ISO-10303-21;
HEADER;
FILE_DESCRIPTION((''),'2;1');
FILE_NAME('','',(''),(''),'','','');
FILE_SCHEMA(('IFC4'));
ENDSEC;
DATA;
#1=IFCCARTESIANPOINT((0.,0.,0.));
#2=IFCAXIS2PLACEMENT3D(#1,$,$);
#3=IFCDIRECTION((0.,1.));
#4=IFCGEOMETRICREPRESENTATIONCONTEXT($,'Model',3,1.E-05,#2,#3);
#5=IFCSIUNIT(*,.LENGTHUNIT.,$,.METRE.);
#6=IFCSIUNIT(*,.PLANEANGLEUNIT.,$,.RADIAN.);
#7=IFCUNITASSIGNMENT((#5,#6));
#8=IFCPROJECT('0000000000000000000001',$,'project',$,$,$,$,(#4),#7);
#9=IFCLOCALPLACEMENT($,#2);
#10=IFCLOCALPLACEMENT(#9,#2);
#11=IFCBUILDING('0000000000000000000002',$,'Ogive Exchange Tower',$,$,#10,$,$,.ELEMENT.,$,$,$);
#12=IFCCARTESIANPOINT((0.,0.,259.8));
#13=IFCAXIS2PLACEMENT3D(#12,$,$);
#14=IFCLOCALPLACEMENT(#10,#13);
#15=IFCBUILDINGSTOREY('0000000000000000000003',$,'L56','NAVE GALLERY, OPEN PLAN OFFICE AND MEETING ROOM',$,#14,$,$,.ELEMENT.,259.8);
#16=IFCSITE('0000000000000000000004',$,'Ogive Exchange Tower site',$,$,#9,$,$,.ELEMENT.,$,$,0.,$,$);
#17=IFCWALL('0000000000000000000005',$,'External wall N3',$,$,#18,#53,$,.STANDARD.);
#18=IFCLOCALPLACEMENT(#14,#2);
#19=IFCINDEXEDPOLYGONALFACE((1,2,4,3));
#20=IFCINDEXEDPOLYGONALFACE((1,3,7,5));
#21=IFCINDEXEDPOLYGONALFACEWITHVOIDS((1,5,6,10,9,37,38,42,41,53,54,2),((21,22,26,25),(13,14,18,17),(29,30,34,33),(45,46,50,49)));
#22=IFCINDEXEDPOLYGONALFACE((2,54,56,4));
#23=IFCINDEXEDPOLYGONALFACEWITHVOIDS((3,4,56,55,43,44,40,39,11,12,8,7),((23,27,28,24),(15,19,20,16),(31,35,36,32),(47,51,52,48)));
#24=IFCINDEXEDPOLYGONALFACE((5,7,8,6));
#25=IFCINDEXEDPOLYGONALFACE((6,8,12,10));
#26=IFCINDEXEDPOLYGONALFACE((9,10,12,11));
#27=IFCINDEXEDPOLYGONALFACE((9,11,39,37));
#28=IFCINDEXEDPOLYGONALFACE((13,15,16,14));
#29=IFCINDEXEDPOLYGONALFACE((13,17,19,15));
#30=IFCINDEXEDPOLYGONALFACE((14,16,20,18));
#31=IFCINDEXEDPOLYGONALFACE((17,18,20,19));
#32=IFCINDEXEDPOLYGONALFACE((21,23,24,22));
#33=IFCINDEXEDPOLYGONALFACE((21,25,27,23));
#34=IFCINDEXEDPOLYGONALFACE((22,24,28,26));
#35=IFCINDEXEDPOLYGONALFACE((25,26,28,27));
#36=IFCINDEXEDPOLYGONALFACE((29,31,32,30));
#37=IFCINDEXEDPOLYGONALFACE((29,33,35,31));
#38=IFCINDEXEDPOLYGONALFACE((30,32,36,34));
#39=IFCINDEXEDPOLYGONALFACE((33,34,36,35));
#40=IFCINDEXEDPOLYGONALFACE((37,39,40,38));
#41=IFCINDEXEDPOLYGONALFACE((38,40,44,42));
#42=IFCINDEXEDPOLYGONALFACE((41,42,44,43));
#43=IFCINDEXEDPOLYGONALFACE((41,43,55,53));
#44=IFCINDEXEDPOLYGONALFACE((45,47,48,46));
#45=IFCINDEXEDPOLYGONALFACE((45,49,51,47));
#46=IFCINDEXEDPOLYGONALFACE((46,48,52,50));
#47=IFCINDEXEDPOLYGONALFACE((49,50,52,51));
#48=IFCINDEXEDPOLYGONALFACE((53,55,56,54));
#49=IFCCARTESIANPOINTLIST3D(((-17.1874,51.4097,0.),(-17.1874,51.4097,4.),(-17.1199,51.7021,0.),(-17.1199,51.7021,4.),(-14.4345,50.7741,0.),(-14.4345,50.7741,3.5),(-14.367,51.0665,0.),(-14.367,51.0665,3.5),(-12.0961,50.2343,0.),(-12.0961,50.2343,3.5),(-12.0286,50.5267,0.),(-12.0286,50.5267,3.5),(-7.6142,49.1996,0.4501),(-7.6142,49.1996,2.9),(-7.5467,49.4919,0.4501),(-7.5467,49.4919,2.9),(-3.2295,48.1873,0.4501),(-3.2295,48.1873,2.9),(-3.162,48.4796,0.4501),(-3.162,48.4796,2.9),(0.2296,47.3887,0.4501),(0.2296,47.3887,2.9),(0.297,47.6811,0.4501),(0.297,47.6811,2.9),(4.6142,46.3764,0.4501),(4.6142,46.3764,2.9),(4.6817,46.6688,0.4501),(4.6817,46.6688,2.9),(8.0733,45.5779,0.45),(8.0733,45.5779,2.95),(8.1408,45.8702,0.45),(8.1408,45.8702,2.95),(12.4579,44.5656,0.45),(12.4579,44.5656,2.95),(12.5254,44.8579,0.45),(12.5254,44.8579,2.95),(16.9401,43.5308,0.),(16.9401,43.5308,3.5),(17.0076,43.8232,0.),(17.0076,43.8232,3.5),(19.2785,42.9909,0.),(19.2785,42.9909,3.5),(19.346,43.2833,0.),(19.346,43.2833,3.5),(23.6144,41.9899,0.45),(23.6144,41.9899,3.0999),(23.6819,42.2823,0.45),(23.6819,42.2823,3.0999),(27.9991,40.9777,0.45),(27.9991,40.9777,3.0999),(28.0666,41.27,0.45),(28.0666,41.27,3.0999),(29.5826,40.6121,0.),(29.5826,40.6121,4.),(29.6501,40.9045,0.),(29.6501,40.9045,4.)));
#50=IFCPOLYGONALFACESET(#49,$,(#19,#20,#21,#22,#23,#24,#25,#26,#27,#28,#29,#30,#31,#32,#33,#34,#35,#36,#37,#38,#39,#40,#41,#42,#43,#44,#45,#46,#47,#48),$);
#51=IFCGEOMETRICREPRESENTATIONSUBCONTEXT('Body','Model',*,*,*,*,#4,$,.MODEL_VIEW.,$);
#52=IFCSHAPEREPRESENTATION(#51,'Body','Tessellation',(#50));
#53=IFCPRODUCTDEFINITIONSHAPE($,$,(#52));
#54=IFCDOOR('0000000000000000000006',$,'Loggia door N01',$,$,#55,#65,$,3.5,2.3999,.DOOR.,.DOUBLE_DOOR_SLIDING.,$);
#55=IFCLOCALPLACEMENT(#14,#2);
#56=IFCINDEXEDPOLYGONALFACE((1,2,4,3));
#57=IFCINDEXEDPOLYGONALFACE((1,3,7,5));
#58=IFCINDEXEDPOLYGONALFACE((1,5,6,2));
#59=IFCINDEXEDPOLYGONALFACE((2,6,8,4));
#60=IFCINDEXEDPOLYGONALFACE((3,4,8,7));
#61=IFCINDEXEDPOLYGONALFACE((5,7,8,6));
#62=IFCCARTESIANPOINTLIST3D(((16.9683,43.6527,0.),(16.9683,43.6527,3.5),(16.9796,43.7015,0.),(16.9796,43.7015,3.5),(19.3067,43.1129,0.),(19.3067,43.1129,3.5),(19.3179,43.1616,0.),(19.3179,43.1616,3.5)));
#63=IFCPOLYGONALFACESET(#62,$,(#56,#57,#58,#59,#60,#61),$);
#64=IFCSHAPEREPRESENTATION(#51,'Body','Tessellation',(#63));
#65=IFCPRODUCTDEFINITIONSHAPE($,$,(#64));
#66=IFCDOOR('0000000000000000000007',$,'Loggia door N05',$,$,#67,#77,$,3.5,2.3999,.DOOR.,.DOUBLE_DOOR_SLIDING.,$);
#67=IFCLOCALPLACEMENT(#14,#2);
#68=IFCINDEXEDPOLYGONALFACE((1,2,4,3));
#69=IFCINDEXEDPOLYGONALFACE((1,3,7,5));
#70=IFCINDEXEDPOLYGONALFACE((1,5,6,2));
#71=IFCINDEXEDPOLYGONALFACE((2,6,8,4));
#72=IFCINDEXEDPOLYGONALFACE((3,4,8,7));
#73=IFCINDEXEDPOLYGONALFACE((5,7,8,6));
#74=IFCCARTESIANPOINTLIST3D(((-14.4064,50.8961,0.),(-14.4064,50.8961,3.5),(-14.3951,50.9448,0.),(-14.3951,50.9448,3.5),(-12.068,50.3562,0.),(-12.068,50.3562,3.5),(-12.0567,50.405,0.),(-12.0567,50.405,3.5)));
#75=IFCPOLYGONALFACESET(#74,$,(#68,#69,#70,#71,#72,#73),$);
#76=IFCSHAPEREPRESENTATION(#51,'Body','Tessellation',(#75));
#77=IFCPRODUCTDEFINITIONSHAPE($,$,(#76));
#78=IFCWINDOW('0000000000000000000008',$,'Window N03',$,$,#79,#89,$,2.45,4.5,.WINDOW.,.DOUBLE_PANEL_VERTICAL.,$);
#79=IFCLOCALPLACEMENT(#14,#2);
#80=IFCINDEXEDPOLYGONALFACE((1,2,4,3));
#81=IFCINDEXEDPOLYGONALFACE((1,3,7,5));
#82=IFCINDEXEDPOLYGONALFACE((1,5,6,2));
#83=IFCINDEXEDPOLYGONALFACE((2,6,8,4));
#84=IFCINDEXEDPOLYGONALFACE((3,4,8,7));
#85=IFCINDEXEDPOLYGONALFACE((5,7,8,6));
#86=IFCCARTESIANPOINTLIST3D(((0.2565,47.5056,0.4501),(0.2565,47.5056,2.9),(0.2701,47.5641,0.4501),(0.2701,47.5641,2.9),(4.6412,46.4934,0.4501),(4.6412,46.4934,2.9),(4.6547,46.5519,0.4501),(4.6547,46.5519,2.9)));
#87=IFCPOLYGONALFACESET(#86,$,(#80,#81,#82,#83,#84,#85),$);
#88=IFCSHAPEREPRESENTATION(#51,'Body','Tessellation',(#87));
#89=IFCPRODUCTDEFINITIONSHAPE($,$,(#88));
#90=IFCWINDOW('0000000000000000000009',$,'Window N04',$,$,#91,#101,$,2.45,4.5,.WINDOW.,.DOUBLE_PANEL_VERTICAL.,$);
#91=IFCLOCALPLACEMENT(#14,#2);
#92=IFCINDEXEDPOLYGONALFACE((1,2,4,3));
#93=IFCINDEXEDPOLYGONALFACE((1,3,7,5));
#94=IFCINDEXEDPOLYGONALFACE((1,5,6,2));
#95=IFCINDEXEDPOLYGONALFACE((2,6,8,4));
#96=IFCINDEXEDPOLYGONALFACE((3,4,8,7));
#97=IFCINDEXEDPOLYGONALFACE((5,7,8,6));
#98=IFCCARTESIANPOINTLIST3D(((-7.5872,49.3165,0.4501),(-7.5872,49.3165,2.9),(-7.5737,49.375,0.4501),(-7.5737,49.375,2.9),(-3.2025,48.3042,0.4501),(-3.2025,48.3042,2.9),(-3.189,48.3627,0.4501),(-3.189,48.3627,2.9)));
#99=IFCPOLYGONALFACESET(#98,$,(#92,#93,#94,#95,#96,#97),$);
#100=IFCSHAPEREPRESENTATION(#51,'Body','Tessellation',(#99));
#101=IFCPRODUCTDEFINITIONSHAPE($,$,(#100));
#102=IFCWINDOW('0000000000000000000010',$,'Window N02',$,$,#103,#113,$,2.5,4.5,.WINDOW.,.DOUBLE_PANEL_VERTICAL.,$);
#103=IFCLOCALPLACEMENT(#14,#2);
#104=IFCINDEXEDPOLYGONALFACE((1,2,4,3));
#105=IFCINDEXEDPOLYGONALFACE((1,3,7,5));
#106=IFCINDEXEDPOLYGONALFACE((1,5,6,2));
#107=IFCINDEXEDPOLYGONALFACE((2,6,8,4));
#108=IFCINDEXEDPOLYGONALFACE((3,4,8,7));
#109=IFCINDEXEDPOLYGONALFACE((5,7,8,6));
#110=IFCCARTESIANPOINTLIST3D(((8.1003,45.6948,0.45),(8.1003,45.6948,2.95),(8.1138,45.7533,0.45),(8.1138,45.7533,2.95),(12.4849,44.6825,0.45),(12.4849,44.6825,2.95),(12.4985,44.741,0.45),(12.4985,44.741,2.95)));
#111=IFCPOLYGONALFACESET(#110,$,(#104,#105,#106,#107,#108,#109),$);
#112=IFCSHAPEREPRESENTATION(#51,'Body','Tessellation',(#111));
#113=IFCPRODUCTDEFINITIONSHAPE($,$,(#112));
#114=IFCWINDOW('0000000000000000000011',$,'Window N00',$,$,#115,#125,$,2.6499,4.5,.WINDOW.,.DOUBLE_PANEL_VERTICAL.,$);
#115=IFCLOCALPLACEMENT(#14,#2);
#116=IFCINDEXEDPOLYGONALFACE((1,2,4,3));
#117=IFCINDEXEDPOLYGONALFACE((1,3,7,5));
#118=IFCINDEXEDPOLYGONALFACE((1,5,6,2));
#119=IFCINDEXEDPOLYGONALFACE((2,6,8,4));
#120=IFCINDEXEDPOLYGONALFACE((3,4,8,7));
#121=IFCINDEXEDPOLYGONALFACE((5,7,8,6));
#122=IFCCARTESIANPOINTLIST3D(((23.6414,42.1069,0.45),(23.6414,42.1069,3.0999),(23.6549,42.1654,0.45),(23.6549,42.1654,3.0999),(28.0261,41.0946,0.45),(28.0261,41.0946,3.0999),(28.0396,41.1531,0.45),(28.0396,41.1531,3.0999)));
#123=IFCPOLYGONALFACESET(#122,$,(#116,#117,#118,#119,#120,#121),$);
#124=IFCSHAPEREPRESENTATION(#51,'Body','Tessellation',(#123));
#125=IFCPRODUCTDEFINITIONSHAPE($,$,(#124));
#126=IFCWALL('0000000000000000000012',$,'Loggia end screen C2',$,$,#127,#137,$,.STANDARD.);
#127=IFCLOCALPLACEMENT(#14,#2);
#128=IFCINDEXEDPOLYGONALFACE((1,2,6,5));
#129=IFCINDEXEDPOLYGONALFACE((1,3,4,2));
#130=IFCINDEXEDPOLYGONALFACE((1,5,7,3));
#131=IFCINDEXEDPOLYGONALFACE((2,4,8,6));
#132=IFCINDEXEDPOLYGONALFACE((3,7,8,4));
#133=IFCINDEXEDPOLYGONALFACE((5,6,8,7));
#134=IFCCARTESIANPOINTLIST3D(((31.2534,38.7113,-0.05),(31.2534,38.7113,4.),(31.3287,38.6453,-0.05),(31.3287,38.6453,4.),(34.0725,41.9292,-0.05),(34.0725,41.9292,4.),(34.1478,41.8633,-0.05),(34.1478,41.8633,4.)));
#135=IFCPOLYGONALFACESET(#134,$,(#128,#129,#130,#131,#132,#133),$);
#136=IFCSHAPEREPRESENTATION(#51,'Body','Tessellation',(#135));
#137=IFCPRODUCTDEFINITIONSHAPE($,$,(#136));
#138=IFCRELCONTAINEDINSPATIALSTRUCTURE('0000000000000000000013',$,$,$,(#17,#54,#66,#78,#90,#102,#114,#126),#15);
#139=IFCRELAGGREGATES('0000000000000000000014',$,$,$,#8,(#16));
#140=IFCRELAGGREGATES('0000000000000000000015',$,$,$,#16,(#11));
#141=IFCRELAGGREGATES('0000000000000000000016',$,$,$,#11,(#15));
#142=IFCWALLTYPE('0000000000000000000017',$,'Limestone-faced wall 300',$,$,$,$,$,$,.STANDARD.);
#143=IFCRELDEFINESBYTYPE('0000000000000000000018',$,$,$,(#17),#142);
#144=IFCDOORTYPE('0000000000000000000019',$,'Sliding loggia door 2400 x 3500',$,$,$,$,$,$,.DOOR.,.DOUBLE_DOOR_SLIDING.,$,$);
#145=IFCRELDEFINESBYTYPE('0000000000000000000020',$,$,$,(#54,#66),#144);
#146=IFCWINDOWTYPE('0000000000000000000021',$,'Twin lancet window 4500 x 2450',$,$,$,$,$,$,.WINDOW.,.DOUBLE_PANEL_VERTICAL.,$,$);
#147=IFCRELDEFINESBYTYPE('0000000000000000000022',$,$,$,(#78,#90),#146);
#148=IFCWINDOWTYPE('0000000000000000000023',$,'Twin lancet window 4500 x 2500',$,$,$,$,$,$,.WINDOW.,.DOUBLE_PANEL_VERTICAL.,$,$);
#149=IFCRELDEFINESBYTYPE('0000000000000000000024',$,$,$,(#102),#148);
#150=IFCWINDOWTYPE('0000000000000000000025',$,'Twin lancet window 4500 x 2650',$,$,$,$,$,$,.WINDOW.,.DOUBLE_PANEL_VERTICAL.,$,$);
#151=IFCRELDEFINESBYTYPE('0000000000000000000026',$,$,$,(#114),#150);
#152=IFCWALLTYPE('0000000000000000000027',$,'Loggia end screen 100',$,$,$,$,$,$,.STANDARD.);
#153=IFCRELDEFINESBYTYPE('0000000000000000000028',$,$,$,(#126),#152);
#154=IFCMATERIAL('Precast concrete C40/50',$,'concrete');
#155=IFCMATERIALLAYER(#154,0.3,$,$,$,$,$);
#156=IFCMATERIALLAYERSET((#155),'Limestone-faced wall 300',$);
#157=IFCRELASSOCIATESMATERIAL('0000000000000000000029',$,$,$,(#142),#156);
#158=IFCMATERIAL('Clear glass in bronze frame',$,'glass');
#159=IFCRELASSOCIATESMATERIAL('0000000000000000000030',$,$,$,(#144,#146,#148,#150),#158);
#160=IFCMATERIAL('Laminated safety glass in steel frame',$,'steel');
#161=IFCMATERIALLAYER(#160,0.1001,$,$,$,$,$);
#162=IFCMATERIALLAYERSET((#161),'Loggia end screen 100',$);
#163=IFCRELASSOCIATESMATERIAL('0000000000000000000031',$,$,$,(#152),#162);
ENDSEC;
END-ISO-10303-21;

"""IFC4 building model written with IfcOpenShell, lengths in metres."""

from ifc_helpers import new_model, si_unit, direction, frame, frame_2d, origin, place, context, subcontext, project, spatial, rectangle, extrude, material, layer, layer_set, type_object, element, fill, save


model = new_model("IFC4")

# Units and contexts
model_context = context("Model", 3, precision=1e-05, world=origin(), true_north=direction((0.0, 1.0)))
body_context = subcontext(model_context, "Body", "Model", "MODEL_VIEW")
ifc_project = project(units=[si_unit("LENGTHUNIT", "METRE"), si_unit("PLANEANGLEUNIT", "RADIAN")], contexts=[model_context])

# Site, building, storey
site_placement = place(None, origin())
site = spatial("IfcSite", under=ifc_project, at=site_placement, Name="Ogive Exchange Tower site", CompositionType="ELEMENT", RefElevation=0.0)
building_placement = place(site_placement, origin())
building = spatial("IfcBuilding", under=site, at=building_placement, Name="Ogive Exchange Tower", CompositionType="ELEMENT")
storey_placement = place(building_placement, frame((0.0, 0.0, 259.8)))
storey = spatial("IfcBuildingStorey", under=building, at=storey_placement, Name="L56", Description="NAVE GALLERY, OPEN PLAN OFFICE AND MEETING ROOM", CompositionType="ELEMENT", Elevation=259.8)

# Wall, openings, doors, windows
ifc_material_1 = material(Name="Precast concrete C40/50", Category="concrete")
ifc_layer_1 = layer(ifc_material_1, 0.3)
ifc_layer_set_1 = layer_set([ifc_layer_1], Name="Limestone-faced wall 300")
wall_type_1 = type_object("IfcWallType", Name="Limestone-faced wall 300", PredefinedType="STANDARD", material=ifc_layer_set_1)
wall_1_placement = place(storey_placement, frame((29.6162, 40.7583, 0.0), z_axis=(0.0, 0.0, 1.0), x_axis=(-0.974371, 0.224949, 0.0)))
wall_1 = element("IfcWall", 1, at=wall_1_placement, inside=storey, type_object=wall_type_1, Name="External wall N3", PredefinedType="STANDARD", context=body_context, shape_type="SweptSolid", body=[
    extrude(rectangle(XDim=48.0002, YDim=0.3, at=frame_2d((24.0, 0.0))), origin(), (0.0, 0.0, 1.0), 4.0),
])
opening_1_placement = place(wall_1_placement, frame((1.625, 0.0, 0.45)))
opening_1 = element("IfcOpeningElement", 2, at=opening_1_placement, cuts=wall_1, PredefinedType="OPENING", context=body_context, shape_type="SweptSolid", body=[
    extrude(rectangle(XDim=4.5, YDim=2.6499, at=frame_2d((2.25, 1.325))), frame((0.0, 0.1599, 0.0), z_axis=(0.0, -1.0, 0.0), x_axis=(1.0, 0.0, 0.0)), (0.0, 0.0, 1.0), 0.3201),
])
opening_2_placement = place(wall_1_placement, frame((10.575, 0.0, 0.0)))
opening_2 = element("IfcOpeningElement", 3, at=opening_2_placement, cuts=wall_1, PredefinedType="OPENING", context=body_context, shape_type="SweptSolid", body=[
    extrude(rectangle(XDim=2.3999, YDim=3.5, at=frame_2d((1.2, 1.75))), frame((0.0, 0.1599, 0.0), z_axis=(0.0, -1.0, 0.0), x_axis=(1.0, 0.0, 0.0)), (0.0, 0.0, 1.0), 0.3201),
])
opening_3_placement = place(wall_1_placement, frame((17.575, 0.0, 0.45)))
opening_3 = element("IfcOpeningElement", 4, at=opening_3_placement, cuts=wall_1, PredefinedType="OPENING", context=body_context, shape_type="SweptSolid", body=[
    extrude(rectangle(XDim=4.5, YDim=2.5, at=frame_2d((2.25, 1.25))), frame((0.0, 0.1599, 0.0), z_axis=(0.0, -1.0, 0.0), x_axis=(1.0, 0.0, 0.0)), (0.0, 0.0, 1.0), 0.3201),
])
opening_4_placement = place(wall_1_placement, frame((25.625, 0.0, 0.45)))
opening_4 = element("IfcOpeningElement", 5, at=opening_4_placement, cuts=wall_1, PredefinedType="OPENING", context=body_context, shape_type="SweptSolid", body=[
    extrude(rectangle(XDim=4.5, YDim=2.45, at=frame_2d((2.25, 1.2251))), frame((0.0, 0.1599, 0.0), z_axis=(0.0, -1.0, 0.0), x_axis=(1.0, 0.0, 0.0)), (0.0, 0.0, 1.0), 0.3201),
])
opening_5_placement = place(wall_1_placement, frame((33.675, 0.0, 0.45)))
opening_5 = element("IfcOpeningElement", 6, at=opening_5_placement, cuts=wall_1, PredefinedType="OPENING", context=body_context, shape_type="SweptSolid", body=[
    extrude(rectangle(XDim=4.5, YDim=2.45, at=frame_2d((2.25, 1.2251))), frame((0.0, 0.1599, 0.0), z_axis=(0.0, -1.0, 0.0), x_axis=(1.0, 0.0, 0.0)), (0.0, 0.0, 1.0), 0.3201),
])
opening_6_placement = place(wall_1_placement, frame((42.7749, 0.0, 0.0)))
opening_6 = element("IfcOpeningElement", 7, at=opening_6_placement, cuts=wall_1, PredefinedType="OPENING", context=body_context, shape_type="SweptSolid", body=[
    extrude(rectangle(XDim=2.3999, YDim=3.5, at=frame_2d((1.2, 1.75))), frame((0.0, 0.1599, 0.0), z_axis=(0.0, -1.0, 0.0), x_axis=(1.0, 0.0, 0.0)), (0.0, 0.0, 1.0), 0.3201),
])
ifc_material_2 = material(Name="Clear glass in bronze frame", Category="glass")
door_type_1 = type_object("IfcDoorType", Name="Sliding loggia door 2400 x 3500", OperationType="DOUBLE_DOOR_SLIDING", PredefinedType="DOOR", material=ifc_material_2)
door_1_placement = place(opening_2_placement, origin())
door_1 = element("IfcDoor", 8, at=door_1_placement, inside=storey, type_object=door_type_1, Name="Loggia door N01", OperationType="DOUBLE_DOOR_SLIDING", OverallHeight=3.5, OverallWidth=2.3999, PredefinedType="DOOR", context=body_context, shape_type="SweptSolid", body=[
    extrude(rectangle(XDim=2.3999, YDim=3.5, at=frame_2d((1.2, 1.75))), frame((0.0, 0.0249, 0.0), z_axis=(0.0, -1.0, 0.0), x_axis=(1.0, 0.0, 0.0)), (0.0, 0.0, 1.0), 0.05),
])
fill(opening_2, door_1)
door_2_placement = place(opening_6_placement, origin())
door_2 = element("IfcDoor", 9, at=door_2_placement, inside=storey, type_object=door_type_1, Name="Loggia door N05", OperationType="DOUBLE_DOOR_SLIDING", OverallHeight=3.5, OverallWidth=2.3999, PredefinedType="DOOR", context=body_context, shape_type="SweptSolid", body=[
    extrude(rectangle(XDim=2.3999, YDim=3.5, at=frame_2d((1.2, 1.75))), frame((0.0, 0.0249, 0.0), z_axis=(0.0, -1.0, 0.0), x_axis=(1.0, 0.0, 0.0)), (0.0, 0.0, 1.0), 0.05),
])
fill(opening_6, door_2)
window_type_1 = type_object("IfcWindowType", Name="Twin lancet window 4500 x 2450", PartitioningType="DOUBLE_PANEL_VERTICAL", PredefinedType="WINDOW", material=ifc_material_2)
window_1_placement = place(opening_4_placement, origin())
window_1 = element("IfcWindow", 10, at=window_1_placement, inside=storey, type_object=window_type_1, Name="Window N03", OverallHeight=2.45, OverallWidth=4.5, PartitioningType="DOUBLE_PANEL_VERTICAL", PredefinedType="WINDOW", context=body_context, shape_type="SweptSolid", body=[
    extrude(rectangle(XDim=4.5, YDim=2.45, at=frame_2d((2.25, 1.2251))), frame((0.0, 0.03, 0.0), z_axis=(0.0, -1.0, 0.0), x_axis=(1.0, 0.0, 0.0)), (0.0, 0.0, 1.0), 0.0601),
])
fill(opening_4, window_1)
window_2_placement = place(opening_5_placement, origin())
window_2 = element("IfcWindow", 11, at=window_2_placement, inside=storey, type_object=window_type_1, Name="Window N04", OverallHeight=2.45, OverallWidth=4.5, PartitioningType="DOUBLE_PANEL_VERTICAL", PredefinedType="WINDOW", context=body_context, shape_type="SweptSolid", body=[
    extrude(rectangle(XDim=4.5, YDim=2.45, at=frame_2d((2.25, 1.2251))), frame((0.0, 0.03, 0.0), z_axis=(0.0, -1.0, 0.0), x_axis=(1.0, 0.0, 0.0)), (0.0, 0.0, 1.0), 0.0601),
])
fill(opening_5, window_2)
window_type_2 = type_object("IfcWindowType", Name="Twin lancet window 4500 x 2500", PartitioningType="DOUBLE_PANEL_VERTICAL", PredefinedType="WINDOW", material=ifc_material_2)
window_3_placement = place(opening_3_placement, origin())
window_3 = element("IfcWindow", 12, at=window_3_placement, inside=storey, type_object=window_type_2, Name="Window N02", OverallHeight=2.5, OverallWidth=4.5, PartitioningType="DOUBLE_PANEL_VERTICAL", PredefinedType="WINDOW", context=body_context, shape_type="SweptSolid", body=[
    extrude(rectangle(XDim=4.5, YDim=2.5, at=frame_2d((2.25, 1.25))), frame((0.0, 0.03, 0.0), z_axis=(0.0, -1.0, 0.0), x_axis=(1.0, 0.0, 0.0)), (0.0, 0.0, 1.0), 0.0601),
])
fill(opening_3, window_3)
window_type_3 = type_object("IfcWindowType", Name="Twin lancet window 4500 x 2650", PartitioningType="DOUBLE_PANEL_VERTICAL", PredefinedType="WINDOW", material=ifc_material_2)
window_4_placement = place(opening_1_placement, origin())
window_4 = element("IfcWindow", 13, at=window_4_placement, inside=storey, type_object=window_type_3, Name="Window N00", OverallHeight=2.6499, OverallWidth=4.5, PartitioningType="DOUBLE_PANEL_VERTICAL", PredefinedType="WINDOW", context=body_context, shape_type="SweptSolid", body=[
    extrude(rectangle(XDim=4.5, YDim=2.6499, at=frame_2d((2.25, 1.325))), frame((0.0, 0.03, 0.0), z_axis=(0.0, -1.0, 0.0), x_axis=(1.0, 0.0, 0.0)), (0.0, 0.0, 1.0), 0.0601),
])
fill(opening_1, window_4)

# Wall
ifc_material_3 = material(Name="Laminated safety glass in steel frame", Category="steel")
ifc_layer_2 = layer(ifc_material_3, 0.1001)
ifc_layer_set_2 = layer_set([ifc_layer_2], Name="Loggia end screen 100")
wall_type_2 = type_object("IfcWallType", Name="Loggia end screen 100", PredefinedType="STANDARD", material=ifc_layer_set_2)
wall_2_placement = place(storey_placement, frame((31.291, 38.6782, -0.05), z_axis=(0.0, 0.0, 1.0), x_axis=(0.658945, 0.752191, 0.0)))
element("IfcWall", 14, at=wall_2_placement, inside=storey, type_object=wall_type_2, Name="Loggia end screen C2", PredefinedType="STANDARD", context=body_context, shape_type="SweptSolid", body=[
    extrude(rectangle(XDim=4.2781, YDim=0.1001, at=frame_2d((2.1392, 0.0))), origin(), (0.0, 0.0, 1.0), 4.05),
])

save(model, "model.ifc")
